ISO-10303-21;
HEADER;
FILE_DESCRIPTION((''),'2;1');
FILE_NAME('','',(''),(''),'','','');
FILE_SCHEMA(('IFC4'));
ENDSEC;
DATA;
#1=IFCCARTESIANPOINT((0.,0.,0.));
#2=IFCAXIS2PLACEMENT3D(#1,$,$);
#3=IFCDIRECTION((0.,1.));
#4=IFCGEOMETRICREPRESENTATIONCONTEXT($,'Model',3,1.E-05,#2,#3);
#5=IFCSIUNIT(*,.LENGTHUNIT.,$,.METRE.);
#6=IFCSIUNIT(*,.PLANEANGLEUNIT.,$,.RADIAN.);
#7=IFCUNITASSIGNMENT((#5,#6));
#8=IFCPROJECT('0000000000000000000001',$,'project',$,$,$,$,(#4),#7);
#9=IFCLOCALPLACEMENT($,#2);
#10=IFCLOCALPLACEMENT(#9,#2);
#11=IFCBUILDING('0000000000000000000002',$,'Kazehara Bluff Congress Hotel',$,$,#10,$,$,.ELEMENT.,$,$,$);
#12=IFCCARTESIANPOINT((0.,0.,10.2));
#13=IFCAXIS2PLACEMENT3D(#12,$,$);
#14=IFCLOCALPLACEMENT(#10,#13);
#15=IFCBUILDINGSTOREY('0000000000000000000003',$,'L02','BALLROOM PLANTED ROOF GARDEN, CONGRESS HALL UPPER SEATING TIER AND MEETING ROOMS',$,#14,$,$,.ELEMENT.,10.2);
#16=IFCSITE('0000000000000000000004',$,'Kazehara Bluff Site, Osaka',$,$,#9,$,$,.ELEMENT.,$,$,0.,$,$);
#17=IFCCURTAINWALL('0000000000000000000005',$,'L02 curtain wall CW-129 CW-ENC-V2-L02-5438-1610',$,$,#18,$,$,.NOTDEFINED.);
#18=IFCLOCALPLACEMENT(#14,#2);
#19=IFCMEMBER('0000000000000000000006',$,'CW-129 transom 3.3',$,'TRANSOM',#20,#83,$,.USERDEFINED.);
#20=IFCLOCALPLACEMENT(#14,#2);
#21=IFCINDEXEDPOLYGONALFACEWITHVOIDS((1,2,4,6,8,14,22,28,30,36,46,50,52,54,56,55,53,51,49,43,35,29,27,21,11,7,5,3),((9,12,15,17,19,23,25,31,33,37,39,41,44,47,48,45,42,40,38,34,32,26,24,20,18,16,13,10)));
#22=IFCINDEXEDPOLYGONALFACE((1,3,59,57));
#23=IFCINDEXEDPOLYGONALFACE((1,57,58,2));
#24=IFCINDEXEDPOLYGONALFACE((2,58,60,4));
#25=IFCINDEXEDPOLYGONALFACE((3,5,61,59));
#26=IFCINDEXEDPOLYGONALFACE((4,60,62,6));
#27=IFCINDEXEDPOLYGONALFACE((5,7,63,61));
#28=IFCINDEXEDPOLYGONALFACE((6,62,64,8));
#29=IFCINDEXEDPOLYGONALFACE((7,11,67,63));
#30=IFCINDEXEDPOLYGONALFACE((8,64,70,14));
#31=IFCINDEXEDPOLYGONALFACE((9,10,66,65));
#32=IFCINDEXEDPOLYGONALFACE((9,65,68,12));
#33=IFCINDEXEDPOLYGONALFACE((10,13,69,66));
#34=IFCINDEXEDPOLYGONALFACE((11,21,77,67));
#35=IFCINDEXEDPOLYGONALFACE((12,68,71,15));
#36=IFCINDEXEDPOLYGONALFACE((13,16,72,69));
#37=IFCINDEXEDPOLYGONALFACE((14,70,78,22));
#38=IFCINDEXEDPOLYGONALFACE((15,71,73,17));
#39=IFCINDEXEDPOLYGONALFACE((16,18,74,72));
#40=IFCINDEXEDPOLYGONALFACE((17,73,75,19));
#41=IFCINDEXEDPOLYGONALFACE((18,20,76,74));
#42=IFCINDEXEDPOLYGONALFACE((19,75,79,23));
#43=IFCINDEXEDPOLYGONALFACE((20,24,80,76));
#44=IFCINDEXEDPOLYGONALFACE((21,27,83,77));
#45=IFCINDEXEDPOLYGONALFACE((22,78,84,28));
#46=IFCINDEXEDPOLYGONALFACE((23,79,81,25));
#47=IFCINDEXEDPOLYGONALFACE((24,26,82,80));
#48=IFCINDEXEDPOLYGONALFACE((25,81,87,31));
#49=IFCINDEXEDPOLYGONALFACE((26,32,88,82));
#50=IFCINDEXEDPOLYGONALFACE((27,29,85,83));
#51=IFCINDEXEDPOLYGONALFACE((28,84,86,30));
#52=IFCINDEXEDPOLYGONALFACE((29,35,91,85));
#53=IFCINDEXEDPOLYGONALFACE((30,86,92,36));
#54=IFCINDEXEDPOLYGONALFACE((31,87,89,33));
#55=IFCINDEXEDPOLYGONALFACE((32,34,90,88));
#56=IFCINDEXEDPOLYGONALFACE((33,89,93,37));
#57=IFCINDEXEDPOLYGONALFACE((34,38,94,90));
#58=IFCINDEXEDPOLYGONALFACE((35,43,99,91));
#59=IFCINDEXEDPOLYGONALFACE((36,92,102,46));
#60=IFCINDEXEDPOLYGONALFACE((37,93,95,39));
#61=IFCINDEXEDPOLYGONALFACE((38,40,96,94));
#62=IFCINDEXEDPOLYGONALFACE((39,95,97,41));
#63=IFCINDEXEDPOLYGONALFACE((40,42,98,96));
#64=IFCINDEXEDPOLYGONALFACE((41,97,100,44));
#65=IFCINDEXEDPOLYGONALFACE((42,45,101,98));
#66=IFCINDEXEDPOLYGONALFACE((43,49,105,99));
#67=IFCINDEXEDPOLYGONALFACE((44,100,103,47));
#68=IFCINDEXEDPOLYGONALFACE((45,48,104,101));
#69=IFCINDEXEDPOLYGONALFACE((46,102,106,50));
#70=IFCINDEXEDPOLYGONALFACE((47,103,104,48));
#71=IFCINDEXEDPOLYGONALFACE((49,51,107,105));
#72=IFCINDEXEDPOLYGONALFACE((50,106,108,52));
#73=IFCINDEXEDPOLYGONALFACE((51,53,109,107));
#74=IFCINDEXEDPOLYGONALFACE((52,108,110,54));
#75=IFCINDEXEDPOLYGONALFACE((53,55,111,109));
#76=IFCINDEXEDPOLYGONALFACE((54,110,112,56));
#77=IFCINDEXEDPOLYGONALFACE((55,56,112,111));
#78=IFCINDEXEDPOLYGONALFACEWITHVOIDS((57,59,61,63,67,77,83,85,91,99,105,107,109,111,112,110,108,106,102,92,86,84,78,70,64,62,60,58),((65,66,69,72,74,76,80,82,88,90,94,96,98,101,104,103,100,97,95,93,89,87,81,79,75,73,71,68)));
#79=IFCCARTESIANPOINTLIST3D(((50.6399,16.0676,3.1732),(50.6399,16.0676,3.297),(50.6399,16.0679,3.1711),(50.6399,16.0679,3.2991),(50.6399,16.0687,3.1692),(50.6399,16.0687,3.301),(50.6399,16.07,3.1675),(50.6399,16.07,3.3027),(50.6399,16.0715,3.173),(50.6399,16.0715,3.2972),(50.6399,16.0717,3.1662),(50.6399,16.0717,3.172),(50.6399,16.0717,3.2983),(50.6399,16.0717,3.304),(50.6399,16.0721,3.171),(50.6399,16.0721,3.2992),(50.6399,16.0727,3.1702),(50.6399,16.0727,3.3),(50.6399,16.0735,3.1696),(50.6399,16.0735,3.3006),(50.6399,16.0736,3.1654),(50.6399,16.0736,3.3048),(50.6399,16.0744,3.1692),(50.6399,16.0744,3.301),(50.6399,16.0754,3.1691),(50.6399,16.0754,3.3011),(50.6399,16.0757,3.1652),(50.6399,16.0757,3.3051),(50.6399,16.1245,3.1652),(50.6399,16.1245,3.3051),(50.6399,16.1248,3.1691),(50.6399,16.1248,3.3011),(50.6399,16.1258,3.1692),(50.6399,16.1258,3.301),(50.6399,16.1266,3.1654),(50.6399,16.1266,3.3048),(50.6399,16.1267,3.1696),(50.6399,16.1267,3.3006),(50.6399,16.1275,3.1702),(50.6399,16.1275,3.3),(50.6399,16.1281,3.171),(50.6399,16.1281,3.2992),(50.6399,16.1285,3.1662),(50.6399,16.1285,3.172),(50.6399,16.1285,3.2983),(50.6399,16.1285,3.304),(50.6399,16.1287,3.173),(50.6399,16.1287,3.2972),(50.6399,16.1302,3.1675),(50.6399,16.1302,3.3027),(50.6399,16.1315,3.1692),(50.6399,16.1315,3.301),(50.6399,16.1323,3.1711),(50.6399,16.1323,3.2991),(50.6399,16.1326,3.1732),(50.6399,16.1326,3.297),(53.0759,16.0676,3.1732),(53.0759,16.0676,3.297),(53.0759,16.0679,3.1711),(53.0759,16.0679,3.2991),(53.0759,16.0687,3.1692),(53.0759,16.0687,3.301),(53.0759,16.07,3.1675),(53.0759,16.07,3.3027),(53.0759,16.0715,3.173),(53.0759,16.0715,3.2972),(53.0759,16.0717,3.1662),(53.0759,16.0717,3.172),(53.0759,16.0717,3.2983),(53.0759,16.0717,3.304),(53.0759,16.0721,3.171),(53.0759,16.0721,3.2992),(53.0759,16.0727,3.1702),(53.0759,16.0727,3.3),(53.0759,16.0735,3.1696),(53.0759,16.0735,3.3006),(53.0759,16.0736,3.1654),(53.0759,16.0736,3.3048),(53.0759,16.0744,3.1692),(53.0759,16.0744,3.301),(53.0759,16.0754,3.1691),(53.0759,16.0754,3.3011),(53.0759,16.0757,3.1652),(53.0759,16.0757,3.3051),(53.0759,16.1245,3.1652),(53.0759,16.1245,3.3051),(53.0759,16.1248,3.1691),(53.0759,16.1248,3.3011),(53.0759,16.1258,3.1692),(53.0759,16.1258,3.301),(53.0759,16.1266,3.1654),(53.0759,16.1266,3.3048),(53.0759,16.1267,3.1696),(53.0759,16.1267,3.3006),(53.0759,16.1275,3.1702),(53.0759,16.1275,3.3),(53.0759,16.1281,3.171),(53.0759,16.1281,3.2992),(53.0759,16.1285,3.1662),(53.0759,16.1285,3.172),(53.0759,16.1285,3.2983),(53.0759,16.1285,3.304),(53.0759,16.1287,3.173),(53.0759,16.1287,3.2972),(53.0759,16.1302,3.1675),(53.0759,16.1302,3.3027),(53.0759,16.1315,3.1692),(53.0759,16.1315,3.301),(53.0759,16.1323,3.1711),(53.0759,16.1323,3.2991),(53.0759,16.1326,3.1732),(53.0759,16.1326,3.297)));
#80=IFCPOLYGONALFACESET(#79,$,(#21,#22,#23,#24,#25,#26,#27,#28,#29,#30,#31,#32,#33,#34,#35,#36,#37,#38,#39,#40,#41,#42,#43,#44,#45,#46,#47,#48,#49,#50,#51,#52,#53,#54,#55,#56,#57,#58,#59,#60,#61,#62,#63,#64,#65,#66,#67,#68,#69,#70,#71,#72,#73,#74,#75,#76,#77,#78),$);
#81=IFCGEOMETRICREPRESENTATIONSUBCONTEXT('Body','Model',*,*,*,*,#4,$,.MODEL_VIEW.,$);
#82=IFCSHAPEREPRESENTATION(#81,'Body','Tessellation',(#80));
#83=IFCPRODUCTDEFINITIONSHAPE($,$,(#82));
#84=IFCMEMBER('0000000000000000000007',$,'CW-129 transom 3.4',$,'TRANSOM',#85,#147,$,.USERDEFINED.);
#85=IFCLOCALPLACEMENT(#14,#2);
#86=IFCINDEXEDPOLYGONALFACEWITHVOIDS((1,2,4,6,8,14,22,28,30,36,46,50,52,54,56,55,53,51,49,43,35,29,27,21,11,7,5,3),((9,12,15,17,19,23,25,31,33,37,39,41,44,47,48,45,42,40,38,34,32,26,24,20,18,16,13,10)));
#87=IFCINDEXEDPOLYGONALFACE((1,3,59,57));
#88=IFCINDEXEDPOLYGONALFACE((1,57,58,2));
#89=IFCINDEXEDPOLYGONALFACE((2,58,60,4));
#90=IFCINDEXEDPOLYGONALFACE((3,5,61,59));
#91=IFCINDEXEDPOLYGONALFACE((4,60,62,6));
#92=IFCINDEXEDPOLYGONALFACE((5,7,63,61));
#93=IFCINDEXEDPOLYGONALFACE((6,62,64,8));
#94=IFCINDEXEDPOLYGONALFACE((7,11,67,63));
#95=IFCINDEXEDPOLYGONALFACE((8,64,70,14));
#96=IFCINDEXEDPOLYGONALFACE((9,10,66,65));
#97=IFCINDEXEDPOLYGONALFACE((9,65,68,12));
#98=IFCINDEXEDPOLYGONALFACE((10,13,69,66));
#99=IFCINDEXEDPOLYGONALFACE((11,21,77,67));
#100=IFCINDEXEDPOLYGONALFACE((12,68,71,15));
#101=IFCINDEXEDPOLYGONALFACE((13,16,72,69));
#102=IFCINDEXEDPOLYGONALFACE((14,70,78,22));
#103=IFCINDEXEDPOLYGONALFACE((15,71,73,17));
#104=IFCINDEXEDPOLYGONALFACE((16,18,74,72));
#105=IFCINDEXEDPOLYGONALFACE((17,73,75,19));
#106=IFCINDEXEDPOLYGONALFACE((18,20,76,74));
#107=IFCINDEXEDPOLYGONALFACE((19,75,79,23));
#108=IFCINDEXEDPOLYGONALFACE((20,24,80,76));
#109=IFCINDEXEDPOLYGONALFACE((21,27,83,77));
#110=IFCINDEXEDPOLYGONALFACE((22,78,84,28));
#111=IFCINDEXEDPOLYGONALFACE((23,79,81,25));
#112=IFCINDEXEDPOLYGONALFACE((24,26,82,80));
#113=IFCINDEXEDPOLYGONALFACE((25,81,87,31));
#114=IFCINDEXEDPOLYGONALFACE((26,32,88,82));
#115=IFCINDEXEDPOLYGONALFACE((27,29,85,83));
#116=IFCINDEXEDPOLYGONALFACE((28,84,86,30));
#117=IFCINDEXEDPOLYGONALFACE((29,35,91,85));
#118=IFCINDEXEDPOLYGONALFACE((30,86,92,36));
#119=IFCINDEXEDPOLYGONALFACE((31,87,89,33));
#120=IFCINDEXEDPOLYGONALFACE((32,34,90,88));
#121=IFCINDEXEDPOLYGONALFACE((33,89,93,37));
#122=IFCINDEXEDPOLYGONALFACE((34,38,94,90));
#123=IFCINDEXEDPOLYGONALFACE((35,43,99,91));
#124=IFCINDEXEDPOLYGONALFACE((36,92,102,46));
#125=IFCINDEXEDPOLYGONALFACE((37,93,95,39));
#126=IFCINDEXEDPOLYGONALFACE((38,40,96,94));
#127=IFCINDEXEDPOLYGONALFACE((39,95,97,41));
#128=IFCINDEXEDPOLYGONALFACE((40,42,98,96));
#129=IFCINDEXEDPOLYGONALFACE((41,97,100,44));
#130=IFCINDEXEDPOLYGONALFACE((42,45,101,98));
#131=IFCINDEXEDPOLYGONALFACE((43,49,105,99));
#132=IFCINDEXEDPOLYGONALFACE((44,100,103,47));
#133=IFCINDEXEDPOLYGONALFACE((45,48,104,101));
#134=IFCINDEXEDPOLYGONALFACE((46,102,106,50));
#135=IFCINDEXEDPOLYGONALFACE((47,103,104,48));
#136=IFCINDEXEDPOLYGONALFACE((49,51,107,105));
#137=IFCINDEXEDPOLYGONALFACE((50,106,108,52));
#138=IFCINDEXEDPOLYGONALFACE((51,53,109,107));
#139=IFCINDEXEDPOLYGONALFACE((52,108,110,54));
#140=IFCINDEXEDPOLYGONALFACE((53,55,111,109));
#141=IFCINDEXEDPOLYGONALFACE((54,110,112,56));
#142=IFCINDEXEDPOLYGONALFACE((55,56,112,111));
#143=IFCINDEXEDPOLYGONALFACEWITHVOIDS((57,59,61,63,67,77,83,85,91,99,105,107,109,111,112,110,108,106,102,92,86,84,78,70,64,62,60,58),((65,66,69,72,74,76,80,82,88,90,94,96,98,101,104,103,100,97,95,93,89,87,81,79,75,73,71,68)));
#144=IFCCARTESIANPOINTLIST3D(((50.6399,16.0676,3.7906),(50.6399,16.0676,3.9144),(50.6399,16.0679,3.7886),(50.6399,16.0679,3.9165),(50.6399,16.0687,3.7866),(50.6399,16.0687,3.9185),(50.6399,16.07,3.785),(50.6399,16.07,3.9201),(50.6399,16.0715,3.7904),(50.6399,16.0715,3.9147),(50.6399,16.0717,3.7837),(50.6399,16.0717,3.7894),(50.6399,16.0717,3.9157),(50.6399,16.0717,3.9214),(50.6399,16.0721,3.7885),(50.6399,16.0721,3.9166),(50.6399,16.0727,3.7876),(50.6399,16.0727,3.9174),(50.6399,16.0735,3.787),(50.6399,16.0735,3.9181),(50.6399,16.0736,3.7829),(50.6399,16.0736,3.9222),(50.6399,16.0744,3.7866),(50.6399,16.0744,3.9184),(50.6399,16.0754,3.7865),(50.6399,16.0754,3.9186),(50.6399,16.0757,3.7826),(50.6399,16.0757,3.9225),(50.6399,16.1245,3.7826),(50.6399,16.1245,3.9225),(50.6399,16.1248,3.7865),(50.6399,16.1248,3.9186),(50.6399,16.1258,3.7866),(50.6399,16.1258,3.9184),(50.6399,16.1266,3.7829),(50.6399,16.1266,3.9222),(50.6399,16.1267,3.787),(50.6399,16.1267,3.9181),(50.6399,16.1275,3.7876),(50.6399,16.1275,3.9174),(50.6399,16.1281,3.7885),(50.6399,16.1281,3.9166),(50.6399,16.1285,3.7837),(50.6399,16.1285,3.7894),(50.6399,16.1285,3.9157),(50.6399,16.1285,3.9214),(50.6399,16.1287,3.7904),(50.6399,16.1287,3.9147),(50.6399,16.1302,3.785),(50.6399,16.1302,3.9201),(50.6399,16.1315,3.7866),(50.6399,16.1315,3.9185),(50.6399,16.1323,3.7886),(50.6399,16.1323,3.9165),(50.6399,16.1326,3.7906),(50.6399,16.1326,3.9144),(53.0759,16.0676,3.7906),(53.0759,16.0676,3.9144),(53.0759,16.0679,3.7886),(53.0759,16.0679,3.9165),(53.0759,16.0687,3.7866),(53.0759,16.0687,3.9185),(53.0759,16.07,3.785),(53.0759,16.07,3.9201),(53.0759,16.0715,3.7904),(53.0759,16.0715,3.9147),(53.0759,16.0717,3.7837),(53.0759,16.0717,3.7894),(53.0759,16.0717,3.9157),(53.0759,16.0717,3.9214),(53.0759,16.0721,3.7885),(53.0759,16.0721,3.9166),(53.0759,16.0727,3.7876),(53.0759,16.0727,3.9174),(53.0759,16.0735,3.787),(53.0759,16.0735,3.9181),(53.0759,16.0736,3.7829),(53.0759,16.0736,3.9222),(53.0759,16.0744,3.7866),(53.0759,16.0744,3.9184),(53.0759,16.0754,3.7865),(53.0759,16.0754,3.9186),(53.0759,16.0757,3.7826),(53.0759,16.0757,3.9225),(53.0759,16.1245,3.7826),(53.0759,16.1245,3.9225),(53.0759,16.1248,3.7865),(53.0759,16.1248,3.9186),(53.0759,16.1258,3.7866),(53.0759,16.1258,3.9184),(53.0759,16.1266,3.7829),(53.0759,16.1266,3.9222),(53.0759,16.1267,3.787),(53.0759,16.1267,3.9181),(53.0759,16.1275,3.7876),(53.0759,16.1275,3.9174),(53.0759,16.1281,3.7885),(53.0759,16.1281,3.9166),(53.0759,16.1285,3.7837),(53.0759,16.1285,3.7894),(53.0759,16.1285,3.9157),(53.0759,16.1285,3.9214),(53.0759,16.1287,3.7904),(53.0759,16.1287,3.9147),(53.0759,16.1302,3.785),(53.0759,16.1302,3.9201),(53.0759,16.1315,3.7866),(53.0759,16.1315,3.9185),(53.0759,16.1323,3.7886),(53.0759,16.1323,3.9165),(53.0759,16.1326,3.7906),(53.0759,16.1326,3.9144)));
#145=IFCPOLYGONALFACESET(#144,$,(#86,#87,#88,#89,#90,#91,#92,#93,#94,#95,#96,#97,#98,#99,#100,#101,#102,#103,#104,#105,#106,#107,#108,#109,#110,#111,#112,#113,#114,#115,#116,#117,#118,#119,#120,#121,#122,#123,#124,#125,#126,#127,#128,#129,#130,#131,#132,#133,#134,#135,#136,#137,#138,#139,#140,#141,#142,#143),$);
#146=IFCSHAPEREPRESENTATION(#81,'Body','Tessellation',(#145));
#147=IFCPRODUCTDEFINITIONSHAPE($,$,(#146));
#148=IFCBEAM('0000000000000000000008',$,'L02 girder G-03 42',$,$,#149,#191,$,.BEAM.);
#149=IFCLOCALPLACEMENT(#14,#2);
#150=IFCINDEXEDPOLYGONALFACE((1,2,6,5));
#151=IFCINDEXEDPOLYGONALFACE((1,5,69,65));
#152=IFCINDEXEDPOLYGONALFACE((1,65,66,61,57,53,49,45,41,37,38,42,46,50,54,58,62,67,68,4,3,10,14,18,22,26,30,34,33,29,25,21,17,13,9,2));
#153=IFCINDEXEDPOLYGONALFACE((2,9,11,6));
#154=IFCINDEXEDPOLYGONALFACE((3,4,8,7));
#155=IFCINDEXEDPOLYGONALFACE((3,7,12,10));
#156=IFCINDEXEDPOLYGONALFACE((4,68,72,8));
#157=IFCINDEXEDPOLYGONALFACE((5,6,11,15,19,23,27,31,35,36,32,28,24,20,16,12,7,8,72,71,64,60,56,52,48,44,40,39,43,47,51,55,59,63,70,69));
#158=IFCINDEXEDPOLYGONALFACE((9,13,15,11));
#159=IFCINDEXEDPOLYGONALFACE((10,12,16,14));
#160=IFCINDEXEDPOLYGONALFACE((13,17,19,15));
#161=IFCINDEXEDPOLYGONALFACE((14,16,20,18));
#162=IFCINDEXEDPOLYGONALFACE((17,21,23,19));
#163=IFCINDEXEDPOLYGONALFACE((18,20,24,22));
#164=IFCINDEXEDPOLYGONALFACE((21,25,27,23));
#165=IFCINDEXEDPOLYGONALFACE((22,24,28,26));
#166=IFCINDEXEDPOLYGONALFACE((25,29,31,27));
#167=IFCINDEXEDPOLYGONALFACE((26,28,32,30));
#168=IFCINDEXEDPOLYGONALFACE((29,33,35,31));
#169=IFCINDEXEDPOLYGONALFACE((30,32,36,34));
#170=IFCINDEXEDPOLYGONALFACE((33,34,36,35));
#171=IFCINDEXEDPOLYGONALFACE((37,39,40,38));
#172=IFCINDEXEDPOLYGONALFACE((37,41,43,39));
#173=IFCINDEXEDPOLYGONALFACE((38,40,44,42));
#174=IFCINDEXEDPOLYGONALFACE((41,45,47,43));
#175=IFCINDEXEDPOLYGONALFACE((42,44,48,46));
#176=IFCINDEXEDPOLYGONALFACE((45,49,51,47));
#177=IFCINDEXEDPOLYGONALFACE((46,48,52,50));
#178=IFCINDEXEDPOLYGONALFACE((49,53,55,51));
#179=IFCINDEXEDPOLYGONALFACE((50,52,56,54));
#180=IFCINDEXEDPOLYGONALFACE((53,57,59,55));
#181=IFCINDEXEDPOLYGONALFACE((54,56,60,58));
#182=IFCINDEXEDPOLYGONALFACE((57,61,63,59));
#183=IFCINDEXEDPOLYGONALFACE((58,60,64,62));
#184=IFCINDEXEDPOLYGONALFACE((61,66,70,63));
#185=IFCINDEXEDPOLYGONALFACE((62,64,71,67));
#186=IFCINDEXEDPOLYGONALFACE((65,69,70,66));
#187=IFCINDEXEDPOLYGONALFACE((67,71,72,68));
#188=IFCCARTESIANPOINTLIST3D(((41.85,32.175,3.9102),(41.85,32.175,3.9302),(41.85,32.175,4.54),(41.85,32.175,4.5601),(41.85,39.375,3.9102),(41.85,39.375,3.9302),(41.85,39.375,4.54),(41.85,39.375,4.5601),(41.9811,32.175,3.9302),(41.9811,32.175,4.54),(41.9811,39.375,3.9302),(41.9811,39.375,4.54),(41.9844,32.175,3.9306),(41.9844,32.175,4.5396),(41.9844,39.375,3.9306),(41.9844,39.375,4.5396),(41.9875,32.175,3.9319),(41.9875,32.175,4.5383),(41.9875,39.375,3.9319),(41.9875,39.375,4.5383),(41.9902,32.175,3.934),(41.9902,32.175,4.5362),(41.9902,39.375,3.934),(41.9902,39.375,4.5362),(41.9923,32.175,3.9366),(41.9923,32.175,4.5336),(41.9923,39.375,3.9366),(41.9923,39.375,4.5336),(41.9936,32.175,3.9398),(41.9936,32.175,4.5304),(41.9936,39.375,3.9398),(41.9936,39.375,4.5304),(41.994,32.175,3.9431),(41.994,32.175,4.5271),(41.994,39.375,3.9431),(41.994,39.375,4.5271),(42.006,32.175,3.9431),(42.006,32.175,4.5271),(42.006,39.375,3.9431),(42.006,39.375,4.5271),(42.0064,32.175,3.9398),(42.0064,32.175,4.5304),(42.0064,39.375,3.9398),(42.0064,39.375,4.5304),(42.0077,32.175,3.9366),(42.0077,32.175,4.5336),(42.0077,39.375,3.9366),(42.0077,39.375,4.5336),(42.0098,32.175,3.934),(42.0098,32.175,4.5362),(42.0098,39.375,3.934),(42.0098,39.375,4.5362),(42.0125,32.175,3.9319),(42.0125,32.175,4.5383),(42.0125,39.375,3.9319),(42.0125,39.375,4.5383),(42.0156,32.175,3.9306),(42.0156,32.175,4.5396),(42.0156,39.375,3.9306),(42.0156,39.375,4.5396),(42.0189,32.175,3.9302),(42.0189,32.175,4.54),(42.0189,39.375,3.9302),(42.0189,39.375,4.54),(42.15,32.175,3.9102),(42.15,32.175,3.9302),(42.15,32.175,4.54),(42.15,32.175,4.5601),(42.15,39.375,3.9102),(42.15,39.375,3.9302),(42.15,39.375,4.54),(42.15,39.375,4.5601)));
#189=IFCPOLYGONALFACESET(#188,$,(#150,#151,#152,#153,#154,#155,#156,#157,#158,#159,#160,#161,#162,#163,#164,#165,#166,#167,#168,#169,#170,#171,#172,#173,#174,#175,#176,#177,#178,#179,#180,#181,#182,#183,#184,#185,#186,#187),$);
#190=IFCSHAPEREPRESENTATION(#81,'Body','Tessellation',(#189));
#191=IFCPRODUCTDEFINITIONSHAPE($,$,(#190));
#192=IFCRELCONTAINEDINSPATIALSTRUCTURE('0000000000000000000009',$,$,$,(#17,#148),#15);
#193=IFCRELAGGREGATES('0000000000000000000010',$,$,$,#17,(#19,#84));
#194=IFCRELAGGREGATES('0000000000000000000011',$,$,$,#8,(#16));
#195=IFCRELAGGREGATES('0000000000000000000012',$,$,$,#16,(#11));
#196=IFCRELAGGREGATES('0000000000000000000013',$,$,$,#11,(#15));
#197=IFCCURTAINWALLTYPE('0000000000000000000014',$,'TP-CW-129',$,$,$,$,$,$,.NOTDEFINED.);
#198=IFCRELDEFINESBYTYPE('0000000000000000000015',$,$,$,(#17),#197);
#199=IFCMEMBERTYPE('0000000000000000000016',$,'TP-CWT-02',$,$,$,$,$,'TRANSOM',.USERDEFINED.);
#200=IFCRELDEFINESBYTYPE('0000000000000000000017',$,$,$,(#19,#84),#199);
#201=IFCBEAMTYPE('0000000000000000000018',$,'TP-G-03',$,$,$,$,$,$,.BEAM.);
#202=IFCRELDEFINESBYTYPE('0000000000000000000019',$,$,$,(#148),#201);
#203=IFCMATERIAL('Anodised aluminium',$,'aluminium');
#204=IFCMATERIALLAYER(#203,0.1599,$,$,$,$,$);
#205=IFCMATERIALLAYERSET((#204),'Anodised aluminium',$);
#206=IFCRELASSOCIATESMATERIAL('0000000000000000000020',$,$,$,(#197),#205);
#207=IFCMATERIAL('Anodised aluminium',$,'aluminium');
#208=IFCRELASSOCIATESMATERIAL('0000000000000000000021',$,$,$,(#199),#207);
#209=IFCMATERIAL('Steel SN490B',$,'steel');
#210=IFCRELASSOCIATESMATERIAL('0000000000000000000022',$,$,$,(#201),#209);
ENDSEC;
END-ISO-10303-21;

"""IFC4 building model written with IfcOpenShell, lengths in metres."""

from ifc_helpers import new_model, si_unit, direction, frame, origin, origin_2d, place, context, subcontext, project, spatial, hollow_rectangle, i_section, extrude, material, layer, layer_set, material_profile, profile_set, type_object, element, aggregate, save


model = new_model("IFC4")

# Units and contexts
model_context = context("Model", 3, precision=1e-05, world=origin(), true_north=direction((0.0, 1.0)))
body_context = subcontext(model_context, "Body", "Model", "MODEL_VIEW")
ifc_project = project(units=[si_unit("LENGTHUNIT", "METRE"), si_unit("PLANEANGLEUNIT", "RADIAN")], contexts=[model_context])

# Site, building, storey
site_placement = place(None, origin())
site = spatial("IfcSite", under=ifc_project, at=site_placement, Name="Kazehara Bluff Site, Osaka", CompositionType="ELEMENT", RefElevation=0.0)
building_placement = place(site_placement, origin())
building = spatial("IfcBuilding", under=site, at=building_placement, Name="Kazehara Bluff Congress Hotel", CompositionType="ELEMENT")
storey_placement = place(building_placement, frame((0.0, 0.0, 10.2)))
storey = spatial("IfcBuildingStorey", under=building, at=storey_placement, Name="L02", Description="BALLROOM PLANTED ROOF GARDEN, CONGRESS HALL UPPER SEATING TIER AND MEETING ROOMS", CompositionType="ELEMENT", Elevation=10.2)

# Curtain wall
ifc_material_1 = material(Name="Anodised aluminium", Category="aluminium")
ifc_layer_1 = layer(ifc_material_1, 0.1599)
ifc_layer_set_1 = layer_set([ifc_layer_1], Name="Anodised aluminium")
curtain_wall_type_1 = type_object("IfcCurtainWallType", Name="TP-CW-129", PredefinedType="NOTDEFINED", material=ifc_layer_set_1)
curtain_wall_1_placement = place(storey_placement, origin())
curtain_wall_1 = element("IfcCurtainWall", 1, at=curtain_wall_1_placement, inside=storey, type_object=curtain_wall_type_1, Name="L02 curtain wall CW-129 CW-ENC-V2-L02-5438-1610", PredefinedType="NOTDEFINED")
ifc_material_2 = material(Name="Anodised aluminium", Category="aluminium")
ifc_material_profile_1 = material_profile(ifc_material_2, hollow_rectangle(XDim=0.0649, YDim=0.1399, WallThickness=0.0039, InnerFilletRadius=0.0039, OuterFilletRadius=0.0081, at=origin_2d()))
ifc_profile_set_1 = profile_set([ifc_material_profile_1], Name="Anodised aluminium")
member_type_1 = type_object("IfcMemberType", Name="TP-CWT-02", ElementType="TRANSOM", PredefinedType="USERDEFINED", material=ifc_profile_set_1)

# Members
member_1_placement = place(storey_placement, frame((53.0759, 16.1001, 3.2351), z_axis=(-1.0, 0.0, 0.0), x_axis=(0.0, -1.0, 0.0)))
member_1 = element("IfcMember", 2, at=member_1_placement, type_object=member_type_1, Name="CW-129 transom 3.3", ObjectType="TRANSOM", PredefinedType="USERDEFINED", context=body_context, shape_type="SweptSolid", body=[
    extrude(hollow_rectangle(XDim=0.0649, YDim=0.1399, WallThickness=0.0039, InnerFilletRadius=0.0039, OuterFilletRadius=0.0081, at=origin_2d()), origin(), (0.0, 0.0, 1.0), 2.436),
])
member_2_placement = place(storey_placement, frame((53.0759, 16.1001, 3.8525), z_axis=(-1.0, 0.0, 0.0), x_axis=(0.0, -1.0, 0.0)))
member_2 = element("IfcMember", 3, at=member_2_placement, type_object=member_type_1, Name="CW-129 transom 3.4", ObjectType="TRANSOM", PredefinedType="USERDEFINED", context=body_context, shape_type="SweptSolid", body=[
    extrude(hollow_rectangle(XDim=0.0649, YDim=0.1399, WallThickness=0.0039, InnerFilletRadius=0.0039, OuterFilletRadius=0.0081, at=origin_2d()), origin(), (0.0, 0.0, 1.0), 2.436),
])

# Beam
ifc_material_3 = material(Name="Steel SN490B", Category="steel")
ifc_material_profile_2 = material_profile(ifc_material_3, i_section(OverallWidth=0.3, OverallDepth=0.6499, WebThickness=0.012, FlangeThickness=0.02, FilletRadius=0.0129, at=origin_2d()))
ifc_profile_set_2 = profile_set([ifc_material_profile_2], Name="Steel SN490B")
beam_type_1 = type_object("IfcBeamType", Name="TP-G-03", PredefinedType="BEAM", material=ifc_profile_set_2)
beam_1_placement = place(storey_placement, frame((42.0, 32.175, 4.2351), z_axis=(0.0, 1.0, 0.0), x_axis=(-1.0, 0.0, 0.0)))
element("IfcBeam", 4, at=beam_1_placement, inside=storey, type_object=beam_type_1, Name="L02 girder G-03 42", PredefinedType="BEAM", context=body_context, shape_type="SweptSolid", body=[
    extrude(i_section(OverallWidth=0.3, OverallDepth=0.6499, WebThickness=0.012, FlangeThickness=0.02, FilletRadius=0.0129, at=origin_2d()), origin(), (0.0, 0.0, 1.0), 7.2),
])

aggregate(curtain_wall_1, [member_1, member_2])

save(model, "model.ifc")
